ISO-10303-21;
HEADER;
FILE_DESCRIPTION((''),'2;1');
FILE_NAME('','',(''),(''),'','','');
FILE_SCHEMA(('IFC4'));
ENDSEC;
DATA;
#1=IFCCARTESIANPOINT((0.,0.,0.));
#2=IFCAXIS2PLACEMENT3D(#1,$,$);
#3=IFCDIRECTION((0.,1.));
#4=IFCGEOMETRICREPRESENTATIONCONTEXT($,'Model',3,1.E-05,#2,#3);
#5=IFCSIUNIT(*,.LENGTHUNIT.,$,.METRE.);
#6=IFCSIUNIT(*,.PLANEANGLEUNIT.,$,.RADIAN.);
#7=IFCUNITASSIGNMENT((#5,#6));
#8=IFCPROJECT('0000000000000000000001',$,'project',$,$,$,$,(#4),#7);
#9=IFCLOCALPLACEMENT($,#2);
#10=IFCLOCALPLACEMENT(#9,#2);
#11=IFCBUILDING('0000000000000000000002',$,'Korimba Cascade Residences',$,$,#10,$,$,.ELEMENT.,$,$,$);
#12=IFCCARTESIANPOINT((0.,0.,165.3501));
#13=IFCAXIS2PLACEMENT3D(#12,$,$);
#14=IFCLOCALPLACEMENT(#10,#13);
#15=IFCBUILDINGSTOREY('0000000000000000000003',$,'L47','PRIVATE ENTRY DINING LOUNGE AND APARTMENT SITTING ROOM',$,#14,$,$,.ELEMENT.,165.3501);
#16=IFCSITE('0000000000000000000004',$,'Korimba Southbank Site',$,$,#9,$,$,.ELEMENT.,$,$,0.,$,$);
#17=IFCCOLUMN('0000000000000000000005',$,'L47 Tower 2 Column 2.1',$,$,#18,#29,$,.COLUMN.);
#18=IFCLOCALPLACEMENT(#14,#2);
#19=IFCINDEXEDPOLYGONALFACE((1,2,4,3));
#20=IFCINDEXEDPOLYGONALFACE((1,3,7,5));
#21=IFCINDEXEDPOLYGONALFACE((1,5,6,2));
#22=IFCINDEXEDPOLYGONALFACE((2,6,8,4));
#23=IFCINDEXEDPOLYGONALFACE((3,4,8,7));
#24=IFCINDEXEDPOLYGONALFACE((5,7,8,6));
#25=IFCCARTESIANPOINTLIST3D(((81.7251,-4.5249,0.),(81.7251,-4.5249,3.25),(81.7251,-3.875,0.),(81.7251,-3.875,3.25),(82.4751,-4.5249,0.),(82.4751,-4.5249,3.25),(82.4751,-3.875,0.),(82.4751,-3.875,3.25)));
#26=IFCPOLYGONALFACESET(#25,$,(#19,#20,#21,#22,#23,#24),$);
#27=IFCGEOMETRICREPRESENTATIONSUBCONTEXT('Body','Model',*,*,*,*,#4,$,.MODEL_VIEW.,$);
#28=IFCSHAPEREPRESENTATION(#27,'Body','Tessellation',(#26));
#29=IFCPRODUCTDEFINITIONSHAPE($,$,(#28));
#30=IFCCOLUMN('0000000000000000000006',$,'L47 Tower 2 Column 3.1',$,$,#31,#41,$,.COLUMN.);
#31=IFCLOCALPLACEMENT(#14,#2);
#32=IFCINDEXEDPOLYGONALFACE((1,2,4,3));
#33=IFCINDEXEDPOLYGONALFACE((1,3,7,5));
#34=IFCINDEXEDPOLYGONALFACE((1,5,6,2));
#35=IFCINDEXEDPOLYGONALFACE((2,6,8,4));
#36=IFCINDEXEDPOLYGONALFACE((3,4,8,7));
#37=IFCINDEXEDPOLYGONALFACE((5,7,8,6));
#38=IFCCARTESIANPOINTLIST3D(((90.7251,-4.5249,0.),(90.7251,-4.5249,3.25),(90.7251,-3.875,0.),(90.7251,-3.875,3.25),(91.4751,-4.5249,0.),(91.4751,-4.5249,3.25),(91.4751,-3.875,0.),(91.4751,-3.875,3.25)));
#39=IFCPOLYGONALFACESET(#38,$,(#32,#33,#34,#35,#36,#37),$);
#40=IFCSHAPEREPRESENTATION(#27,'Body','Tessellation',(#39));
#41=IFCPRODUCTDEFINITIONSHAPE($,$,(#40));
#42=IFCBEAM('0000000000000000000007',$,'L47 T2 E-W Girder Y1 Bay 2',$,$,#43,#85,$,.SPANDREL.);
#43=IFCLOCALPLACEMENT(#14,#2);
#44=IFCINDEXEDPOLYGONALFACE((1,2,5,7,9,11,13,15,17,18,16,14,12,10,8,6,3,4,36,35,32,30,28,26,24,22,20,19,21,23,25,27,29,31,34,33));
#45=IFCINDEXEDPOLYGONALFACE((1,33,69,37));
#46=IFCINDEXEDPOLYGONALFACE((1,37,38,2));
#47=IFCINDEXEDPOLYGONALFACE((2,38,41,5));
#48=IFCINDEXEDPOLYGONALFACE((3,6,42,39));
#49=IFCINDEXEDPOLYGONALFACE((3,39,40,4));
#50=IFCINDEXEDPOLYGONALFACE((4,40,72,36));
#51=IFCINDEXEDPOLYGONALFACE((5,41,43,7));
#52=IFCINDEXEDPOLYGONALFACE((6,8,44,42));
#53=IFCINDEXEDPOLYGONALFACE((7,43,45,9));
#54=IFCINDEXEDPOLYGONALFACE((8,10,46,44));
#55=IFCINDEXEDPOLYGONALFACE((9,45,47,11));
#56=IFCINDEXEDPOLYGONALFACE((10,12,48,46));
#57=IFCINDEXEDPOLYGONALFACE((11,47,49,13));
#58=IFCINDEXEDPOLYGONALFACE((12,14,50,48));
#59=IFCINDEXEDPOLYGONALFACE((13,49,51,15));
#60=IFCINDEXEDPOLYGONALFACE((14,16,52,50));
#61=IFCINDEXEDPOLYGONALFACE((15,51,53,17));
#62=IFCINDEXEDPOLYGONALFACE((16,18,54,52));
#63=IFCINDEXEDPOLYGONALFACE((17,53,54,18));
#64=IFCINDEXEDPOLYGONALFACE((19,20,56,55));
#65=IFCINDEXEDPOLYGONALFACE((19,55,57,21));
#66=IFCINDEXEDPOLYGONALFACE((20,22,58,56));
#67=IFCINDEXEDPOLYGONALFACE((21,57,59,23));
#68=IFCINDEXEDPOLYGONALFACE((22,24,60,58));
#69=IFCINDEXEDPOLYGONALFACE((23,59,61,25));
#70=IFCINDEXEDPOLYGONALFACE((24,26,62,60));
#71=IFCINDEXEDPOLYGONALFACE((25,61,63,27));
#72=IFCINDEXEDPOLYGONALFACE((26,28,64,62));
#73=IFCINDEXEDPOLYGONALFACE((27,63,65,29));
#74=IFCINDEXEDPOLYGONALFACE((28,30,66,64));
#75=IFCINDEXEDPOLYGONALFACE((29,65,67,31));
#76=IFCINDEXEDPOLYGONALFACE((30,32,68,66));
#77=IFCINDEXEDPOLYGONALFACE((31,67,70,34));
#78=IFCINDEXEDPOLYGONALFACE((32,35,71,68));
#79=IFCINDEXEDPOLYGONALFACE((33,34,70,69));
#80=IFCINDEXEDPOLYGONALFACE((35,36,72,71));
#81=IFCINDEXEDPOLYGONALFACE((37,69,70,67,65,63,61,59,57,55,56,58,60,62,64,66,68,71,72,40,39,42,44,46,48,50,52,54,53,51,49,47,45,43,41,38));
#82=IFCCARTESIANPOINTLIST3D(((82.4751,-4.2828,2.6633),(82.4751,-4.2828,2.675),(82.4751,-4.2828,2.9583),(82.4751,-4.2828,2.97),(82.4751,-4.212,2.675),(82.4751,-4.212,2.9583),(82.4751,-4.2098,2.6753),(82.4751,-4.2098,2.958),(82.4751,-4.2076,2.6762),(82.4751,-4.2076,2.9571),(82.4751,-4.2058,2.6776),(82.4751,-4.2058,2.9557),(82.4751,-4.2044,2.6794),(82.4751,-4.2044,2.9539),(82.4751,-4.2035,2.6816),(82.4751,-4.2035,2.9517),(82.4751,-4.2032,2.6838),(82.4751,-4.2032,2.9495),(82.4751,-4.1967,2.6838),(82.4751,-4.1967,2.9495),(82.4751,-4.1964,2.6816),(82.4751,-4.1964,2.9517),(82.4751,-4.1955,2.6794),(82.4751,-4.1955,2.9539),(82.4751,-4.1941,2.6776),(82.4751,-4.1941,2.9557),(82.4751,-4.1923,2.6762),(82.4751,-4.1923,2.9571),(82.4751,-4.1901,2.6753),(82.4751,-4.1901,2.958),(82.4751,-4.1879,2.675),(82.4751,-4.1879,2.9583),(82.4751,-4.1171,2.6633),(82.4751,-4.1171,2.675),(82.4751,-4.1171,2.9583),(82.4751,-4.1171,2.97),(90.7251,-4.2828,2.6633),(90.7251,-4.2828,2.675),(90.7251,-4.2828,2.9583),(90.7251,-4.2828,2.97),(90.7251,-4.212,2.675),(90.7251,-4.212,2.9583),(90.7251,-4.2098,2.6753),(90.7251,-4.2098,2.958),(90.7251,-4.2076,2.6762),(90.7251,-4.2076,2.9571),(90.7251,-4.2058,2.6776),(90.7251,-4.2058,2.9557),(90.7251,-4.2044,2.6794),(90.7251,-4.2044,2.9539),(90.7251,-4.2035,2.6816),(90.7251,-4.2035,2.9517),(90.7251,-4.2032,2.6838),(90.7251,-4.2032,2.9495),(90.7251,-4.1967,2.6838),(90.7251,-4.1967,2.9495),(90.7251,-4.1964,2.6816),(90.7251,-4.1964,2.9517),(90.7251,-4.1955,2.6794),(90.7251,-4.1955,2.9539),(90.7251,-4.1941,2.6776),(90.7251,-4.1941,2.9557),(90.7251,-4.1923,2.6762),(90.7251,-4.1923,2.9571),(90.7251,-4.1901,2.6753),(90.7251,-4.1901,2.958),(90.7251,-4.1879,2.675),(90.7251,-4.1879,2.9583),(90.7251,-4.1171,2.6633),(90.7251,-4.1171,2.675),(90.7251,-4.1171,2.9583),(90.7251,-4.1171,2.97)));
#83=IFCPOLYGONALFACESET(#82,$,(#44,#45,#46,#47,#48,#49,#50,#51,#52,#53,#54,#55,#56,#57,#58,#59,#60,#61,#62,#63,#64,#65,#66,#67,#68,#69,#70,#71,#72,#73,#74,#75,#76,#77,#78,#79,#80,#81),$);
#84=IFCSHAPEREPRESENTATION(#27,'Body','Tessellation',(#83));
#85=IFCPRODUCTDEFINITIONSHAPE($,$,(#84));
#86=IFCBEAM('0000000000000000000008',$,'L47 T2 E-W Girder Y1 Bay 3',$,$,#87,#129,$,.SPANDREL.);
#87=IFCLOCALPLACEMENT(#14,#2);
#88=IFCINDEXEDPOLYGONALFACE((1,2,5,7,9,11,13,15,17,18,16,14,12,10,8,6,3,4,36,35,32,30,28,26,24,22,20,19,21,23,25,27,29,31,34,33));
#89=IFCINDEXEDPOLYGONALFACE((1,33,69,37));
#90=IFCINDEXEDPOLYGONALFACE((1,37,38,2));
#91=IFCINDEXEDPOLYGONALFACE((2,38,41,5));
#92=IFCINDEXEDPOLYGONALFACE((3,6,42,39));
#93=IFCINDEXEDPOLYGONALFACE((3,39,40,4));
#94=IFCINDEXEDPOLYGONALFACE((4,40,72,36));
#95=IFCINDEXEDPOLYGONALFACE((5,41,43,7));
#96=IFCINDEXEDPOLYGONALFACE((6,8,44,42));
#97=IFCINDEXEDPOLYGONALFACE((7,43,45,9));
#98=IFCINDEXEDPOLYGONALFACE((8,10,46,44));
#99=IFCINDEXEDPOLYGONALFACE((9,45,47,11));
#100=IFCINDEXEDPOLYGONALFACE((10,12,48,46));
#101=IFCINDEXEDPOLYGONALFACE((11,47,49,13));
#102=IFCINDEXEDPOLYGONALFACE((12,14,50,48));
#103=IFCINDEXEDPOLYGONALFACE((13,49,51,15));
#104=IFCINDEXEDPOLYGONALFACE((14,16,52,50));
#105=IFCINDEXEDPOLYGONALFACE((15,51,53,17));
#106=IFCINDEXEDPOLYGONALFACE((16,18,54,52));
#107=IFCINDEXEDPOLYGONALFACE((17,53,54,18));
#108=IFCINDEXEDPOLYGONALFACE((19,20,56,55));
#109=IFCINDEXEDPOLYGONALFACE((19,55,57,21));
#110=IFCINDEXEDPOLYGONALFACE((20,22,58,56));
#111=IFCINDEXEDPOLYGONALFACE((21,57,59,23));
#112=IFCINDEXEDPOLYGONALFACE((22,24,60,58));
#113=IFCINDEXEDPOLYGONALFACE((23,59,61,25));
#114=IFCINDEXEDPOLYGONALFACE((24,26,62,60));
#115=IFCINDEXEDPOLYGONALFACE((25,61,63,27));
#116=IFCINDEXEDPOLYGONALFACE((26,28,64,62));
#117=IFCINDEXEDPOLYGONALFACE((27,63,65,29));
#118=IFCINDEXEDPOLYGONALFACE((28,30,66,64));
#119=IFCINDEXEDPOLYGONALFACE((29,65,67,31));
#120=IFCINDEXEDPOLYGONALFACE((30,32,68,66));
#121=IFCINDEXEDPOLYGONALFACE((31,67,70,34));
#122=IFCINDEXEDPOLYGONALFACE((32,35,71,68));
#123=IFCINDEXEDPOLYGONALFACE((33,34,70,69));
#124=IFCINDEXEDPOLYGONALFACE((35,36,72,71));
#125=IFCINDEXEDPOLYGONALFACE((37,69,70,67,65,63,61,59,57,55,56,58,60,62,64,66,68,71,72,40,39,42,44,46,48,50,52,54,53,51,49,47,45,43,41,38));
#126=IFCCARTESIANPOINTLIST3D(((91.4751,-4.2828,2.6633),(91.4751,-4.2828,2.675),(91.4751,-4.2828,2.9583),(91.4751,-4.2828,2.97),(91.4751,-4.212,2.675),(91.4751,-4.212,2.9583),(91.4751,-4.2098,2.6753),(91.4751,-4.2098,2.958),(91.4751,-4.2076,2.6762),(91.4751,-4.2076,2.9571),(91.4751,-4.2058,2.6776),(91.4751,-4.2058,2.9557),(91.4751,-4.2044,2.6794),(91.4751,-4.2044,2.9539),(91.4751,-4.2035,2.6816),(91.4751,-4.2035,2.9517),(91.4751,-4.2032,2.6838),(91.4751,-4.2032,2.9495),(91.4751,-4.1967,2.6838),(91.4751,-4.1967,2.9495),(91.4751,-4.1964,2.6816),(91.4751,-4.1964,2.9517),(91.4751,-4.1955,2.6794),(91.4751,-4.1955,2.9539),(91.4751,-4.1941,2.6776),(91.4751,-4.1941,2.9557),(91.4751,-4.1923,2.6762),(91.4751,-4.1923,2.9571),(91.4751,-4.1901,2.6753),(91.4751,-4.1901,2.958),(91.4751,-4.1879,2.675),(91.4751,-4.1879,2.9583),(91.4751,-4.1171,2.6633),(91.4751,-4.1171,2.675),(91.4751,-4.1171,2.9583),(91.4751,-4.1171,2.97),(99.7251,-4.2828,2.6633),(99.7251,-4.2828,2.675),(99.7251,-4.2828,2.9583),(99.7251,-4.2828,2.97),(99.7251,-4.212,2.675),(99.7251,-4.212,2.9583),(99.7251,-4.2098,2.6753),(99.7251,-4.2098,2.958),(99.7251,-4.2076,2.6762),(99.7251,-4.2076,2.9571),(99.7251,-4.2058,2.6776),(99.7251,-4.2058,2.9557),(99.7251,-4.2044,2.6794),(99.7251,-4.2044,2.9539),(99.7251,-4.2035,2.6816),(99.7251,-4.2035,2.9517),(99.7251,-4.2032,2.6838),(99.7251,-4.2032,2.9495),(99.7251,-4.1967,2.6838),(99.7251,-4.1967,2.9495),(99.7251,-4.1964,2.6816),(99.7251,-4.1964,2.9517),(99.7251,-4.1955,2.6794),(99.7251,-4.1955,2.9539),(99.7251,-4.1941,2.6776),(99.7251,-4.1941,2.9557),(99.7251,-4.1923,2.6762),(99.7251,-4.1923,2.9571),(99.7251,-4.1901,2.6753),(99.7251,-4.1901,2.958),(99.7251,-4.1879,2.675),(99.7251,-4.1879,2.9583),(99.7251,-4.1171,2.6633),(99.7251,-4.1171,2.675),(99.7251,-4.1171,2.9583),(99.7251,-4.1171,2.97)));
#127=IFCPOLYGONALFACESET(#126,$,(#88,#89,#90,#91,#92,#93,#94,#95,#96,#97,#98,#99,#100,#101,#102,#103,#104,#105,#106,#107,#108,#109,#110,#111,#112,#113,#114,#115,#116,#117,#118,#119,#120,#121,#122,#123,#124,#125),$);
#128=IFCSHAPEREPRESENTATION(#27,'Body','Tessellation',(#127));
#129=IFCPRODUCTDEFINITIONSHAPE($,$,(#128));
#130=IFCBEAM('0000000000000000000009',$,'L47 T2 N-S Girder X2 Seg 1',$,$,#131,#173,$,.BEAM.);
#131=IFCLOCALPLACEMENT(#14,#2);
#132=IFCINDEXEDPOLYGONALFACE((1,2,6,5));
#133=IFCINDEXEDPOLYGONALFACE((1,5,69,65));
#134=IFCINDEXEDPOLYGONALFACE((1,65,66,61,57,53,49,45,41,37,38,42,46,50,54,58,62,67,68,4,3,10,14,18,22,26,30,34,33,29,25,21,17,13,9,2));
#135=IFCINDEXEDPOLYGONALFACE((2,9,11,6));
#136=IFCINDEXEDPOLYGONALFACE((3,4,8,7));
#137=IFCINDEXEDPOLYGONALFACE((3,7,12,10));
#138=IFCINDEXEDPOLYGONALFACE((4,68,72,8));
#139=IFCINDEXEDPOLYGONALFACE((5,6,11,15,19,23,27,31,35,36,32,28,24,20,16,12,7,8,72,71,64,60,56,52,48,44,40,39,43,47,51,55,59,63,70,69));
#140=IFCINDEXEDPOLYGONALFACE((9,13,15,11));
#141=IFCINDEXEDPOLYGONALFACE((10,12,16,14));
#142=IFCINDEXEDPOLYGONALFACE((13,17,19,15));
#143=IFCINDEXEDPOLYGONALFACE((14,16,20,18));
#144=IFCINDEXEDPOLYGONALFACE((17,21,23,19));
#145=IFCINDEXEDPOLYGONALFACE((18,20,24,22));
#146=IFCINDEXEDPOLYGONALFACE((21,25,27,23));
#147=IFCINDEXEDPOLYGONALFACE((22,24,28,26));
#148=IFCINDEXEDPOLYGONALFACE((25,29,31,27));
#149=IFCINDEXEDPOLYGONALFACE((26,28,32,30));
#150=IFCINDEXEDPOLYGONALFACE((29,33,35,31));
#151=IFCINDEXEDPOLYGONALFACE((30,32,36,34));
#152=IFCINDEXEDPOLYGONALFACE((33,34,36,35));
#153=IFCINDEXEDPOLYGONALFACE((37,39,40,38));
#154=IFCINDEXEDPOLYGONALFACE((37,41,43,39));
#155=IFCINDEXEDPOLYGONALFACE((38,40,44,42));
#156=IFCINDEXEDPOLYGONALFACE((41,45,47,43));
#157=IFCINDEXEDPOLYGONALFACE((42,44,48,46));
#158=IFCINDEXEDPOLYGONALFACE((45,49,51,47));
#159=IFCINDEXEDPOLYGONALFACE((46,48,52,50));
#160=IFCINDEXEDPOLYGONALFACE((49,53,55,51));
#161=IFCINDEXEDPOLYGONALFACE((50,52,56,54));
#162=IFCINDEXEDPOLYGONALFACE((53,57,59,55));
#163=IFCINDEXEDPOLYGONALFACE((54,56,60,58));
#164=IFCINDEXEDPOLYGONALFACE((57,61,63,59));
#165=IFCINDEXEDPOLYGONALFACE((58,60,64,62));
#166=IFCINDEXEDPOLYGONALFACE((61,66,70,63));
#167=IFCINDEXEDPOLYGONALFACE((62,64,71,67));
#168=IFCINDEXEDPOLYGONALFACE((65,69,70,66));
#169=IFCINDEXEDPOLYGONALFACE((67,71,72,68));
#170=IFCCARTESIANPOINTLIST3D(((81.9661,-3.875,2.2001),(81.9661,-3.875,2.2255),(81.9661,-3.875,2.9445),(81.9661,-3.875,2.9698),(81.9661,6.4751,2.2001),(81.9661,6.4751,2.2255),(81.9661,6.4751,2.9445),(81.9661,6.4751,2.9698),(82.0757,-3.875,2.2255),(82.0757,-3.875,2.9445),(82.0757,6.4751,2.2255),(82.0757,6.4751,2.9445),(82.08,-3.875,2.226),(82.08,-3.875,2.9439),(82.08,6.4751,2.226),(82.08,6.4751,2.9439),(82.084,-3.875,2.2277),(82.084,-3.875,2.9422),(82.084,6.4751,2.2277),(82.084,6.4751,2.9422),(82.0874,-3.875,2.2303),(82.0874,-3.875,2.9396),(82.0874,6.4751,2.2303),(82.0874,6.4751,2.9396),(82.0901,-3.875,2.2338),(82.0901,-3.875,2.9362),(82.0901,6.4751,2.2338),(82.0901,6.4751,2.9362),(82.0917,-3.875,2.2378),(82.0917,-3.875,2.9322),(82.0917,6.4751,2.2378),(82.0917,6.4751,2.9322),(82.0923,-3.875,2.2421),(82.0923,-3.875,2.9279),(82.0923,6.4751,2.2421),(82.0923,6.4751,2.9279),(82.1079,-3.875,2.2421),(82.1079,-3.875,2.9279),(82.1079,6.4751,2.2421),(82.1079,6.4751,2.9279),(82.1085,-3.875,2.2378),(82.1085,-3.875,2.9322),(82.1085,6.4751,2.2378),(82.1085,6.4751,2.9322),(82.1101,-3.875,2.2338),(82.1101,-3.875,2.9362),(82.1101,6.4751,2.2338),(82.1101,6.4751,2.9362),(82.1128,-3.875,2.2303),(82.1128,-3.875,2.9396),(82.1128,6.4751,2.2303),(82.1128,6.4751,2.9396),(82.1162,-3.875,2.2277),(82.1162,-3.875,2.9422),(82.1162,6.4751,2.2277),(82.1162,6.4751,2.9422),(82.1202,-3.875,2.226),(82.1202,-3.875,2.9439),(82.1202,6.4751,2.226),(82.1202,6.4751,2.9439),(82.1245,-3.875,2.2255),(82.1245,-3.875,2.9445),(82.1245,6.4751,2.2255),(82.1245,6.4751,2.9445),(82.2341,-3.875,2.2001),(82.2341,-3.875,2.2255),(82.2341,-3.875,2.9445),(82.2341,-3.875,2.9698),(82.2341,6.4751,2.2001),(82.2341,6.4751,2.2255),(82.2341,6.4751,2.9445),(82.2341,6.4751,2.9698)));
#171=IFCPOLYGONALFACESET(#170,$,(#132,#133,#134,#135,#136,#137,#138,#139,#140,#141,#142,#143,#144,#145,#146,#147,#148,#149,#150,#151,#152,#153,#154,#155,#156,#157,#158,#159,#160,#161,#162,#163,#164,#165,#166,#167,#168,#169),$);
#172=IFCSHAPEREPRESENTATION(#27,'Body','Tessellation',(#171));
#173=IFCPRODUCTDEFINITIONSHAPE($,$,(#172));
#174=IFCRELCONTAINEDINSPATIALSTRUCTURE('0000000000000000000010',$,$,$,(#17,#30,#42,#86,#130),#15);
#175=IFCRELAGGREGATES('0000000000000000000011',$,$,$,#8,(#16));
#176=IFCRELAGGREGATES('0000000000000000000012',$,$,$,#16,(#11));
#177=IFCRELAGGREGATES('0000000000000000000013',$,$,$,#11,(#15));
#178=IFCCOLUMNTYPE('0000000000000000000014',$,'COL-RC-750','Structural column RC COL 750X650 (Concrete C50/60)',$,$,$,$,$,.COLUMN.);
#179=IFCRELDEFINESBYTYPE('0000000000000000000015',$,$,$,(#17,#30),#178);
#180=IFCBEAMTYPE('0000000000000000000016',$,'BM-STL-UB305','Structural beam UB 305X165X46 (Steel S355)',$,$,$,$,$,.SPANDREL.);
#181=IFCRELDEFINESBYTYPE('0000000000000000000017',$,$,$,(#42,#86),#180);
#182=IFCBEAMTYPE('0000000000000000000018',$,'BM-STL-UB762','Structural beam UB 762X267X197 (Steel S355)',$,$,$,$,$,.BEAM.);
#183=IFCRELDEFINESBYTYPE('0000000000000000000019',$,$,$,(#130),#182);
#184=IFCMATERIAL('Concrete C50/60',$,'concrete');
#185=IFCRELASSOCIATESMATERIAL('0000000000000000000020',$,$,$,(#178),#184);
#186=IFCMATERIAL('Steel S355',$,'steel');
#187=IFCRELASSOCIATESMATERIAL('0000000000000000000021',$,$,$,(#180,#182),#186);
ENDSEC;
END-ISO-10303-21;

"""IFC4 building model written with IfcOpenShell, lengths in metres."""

from ifc_helpers import new_model, si_unit, direction, frame, origin, origin_2d, place, context, subcontext, project, spatial, rectangle, i_section, extrude, material, material_profile, profile_set, type_object, element, save


model = new_model("IFC4")

# Units and contexts
model_context = context("Model", 3, precision=1e-05, world=origin(), true_north=direction((0.0, 1.0)))
body_context = subcontext(model_context, "Body", "Model", "MODEL_VIEW")
ifc_project = project(units=[si_unit("LENGTHUNIT", "METRE"), si_unit("PLANEANGLEUNIT", "RADIAN")], contexts=[model_context])

# Site, building, storey
site_placement = place(None, origin())
site = spatial("IfcSite", under=ifc_project, at=site_placement, Name="Korimba Southbank Site", CompositionType="ELEMENT", RefElevation=0.0)
building_placement = place(site_placement, origin())
building = spatial("IfcBuilding", under=site, at=building_placement, Name="Korimba Cascade Residences", CompositionType="ELEMENT")
storey_placement = place(building_placement, frame((0.0, 0.0, 165.3501)))
storey = spatial("IfcBuildingStorey", under=building, at=storey_placement, Name="L47", Description="PRIVATE ENTRY DINING LOUNGE AND APARTMENT SITTING ROOM", CompositionType="ELEMENT", Elevation=165.3501)

# Columns
ifc_material_1 = material(Name="Concrete C50/60", Category="concrete")
ifc_material_profile_1 = material_profile(ifc_material_1, rectangle(XDim=0.75, YDim=0.6499, at=origin_2d()), Name="Concrete C50/60")
ifc_profile_set_1 = profile_set([ifc_material_profile_1], Name="Concrete C50/60")
column_type = type_object("IfcColumnType", Name="COL-RC-750", Description="Structural column RC COL 750X650 (Concrete C50/60)", PredefinedType="COLUMN", material=ifc_profile_set_1)
for number, where, z_axis, x_axis, name in (
    (1, (82.1001, -4.2, 0.0), (0.0, 0.0, 1.0), (1.0, 0.0, 0.0), "L47 Tower 2 Column 2.1"),
    (2, (91.1001, -4.2, 0.0), (0.0, 0.0, 1.0), (1.0, 0.0, 0.0), "L47 Tower 2 Column 3.1"),
):
    element("IfcColumn", number, at=place(storey_placement, frame(where, z_axis=z_axis, x_axis=x_axis)), inside=storey, type_object=column_type, Name=name, PredefinedType="COLUMN", context=body_context, shape_type="SweptSolid", body=[
        extrude(rectangle(XDim=0.75, YDim=0.6499, at=origin_2d()), origin(), (0.0, 0.0, 1.0), 3.25),
    ])

# Beams
ifc_material_2 = material(Name="Steel S355", Category="steel")
ifc_material_profile_2 = material_profile(ifc_material_2, i_section(OverallWidth=0.1658, OverallDepth=0.3066, WebThickness=0.0066, FlangeThickness=0.0117, FilletRadius=0.0088, at=origin_2d()), Name="Steel S355")
ifc_profile_set_2 = profile_set([ifc_material_profile_2], Name="Steel S355")
beam_type_1 = type_object("IfcBeamType", Name="BM-STL-UB305", Description="Structural beam UB 305X165X46 (Steel S355)", PredefinedType="SPANDREL", material=ifc_profile_set_2)
for number, where, z_axis, x_axis, name in (
    (3, (82.4751, -4.2, 2.8167), (1.0, 0.0, 0.0), (0.0, 1.0, 0.0), "L47 T2 E-W Girder Y1 Bay 2"),
    (4, (91.4751, -4.2, 2.8167), (1.0, 0.0, 0.0), (0.0, 1.0, 0.0), "L47 T2 E-W Girder Y1 Bay 3"),
):
    element("IfcBeam", number, at=place(storey_placement, frame(where, z_axis=z_axis, x_axis=x_axis)), inside=storey, type_object=beam_type_1, Name=name, PredefinedType="SPANDREL", context=body_context, shape_type="SweptSolid", body=[
        extrude(i_section(OverallWidth=0.1658, OverallDepth=0.3066, WebThickness=0.0066, FlangeThickness=0.0117, FilletRadius=0.0088, at=origin_2d()), origin(), (0.0, 0.0, 1.0), 8.25),
    ])
ifc_material_profile_3 = material_profile(ifc_material_2, i_section(OverallWidth=0.2681, OverallDepth=0.7698, WebThickness=0.0156, FlangeThickness=0.0254, FilletRadius=0.0166, at=origin_2d()), Name="Steel S355")
ifc_profile_set_3 = profile_set([ifc_material_profile_3], Name="Steel S355")
beam_type_2 = type_object("IfcBeamType", Name="BM-STL-UB762", Description="Structural beam UB 762X267X197 (Steel S355)", PredefinedType="BEAM", material=ifc_profile_set_3)
for number, where, z_axis, x_axis, name in (
    (5, (82.1001, -3.875, 2.585), (0.0, 1.0, 0.0), (-1.0, 0.0, 0.0), "L47 T2 N-S Girder X2 Seg 1"),
):
    element("IfcBeam", number, at=place(storey_placement, frame(where, z_axis=z_axis, x_axis=x_axis)), inside=storey, type_object=beam_type_2, Name=name, PredefinedType="BEAM", context=body_context, shape_type="SweptSolid", body=[
        extrude(i_section(OverallWidth=0.2681, OverallDepth=0.7698, WebThickness=0.0156, FlangeThickness=0.0254, FilletRadius=0.0166, at=origin_2d()), origin(), (0.0, 0.0, 1.0), 10.3501),
    ])

save(model, "model.ifc")
